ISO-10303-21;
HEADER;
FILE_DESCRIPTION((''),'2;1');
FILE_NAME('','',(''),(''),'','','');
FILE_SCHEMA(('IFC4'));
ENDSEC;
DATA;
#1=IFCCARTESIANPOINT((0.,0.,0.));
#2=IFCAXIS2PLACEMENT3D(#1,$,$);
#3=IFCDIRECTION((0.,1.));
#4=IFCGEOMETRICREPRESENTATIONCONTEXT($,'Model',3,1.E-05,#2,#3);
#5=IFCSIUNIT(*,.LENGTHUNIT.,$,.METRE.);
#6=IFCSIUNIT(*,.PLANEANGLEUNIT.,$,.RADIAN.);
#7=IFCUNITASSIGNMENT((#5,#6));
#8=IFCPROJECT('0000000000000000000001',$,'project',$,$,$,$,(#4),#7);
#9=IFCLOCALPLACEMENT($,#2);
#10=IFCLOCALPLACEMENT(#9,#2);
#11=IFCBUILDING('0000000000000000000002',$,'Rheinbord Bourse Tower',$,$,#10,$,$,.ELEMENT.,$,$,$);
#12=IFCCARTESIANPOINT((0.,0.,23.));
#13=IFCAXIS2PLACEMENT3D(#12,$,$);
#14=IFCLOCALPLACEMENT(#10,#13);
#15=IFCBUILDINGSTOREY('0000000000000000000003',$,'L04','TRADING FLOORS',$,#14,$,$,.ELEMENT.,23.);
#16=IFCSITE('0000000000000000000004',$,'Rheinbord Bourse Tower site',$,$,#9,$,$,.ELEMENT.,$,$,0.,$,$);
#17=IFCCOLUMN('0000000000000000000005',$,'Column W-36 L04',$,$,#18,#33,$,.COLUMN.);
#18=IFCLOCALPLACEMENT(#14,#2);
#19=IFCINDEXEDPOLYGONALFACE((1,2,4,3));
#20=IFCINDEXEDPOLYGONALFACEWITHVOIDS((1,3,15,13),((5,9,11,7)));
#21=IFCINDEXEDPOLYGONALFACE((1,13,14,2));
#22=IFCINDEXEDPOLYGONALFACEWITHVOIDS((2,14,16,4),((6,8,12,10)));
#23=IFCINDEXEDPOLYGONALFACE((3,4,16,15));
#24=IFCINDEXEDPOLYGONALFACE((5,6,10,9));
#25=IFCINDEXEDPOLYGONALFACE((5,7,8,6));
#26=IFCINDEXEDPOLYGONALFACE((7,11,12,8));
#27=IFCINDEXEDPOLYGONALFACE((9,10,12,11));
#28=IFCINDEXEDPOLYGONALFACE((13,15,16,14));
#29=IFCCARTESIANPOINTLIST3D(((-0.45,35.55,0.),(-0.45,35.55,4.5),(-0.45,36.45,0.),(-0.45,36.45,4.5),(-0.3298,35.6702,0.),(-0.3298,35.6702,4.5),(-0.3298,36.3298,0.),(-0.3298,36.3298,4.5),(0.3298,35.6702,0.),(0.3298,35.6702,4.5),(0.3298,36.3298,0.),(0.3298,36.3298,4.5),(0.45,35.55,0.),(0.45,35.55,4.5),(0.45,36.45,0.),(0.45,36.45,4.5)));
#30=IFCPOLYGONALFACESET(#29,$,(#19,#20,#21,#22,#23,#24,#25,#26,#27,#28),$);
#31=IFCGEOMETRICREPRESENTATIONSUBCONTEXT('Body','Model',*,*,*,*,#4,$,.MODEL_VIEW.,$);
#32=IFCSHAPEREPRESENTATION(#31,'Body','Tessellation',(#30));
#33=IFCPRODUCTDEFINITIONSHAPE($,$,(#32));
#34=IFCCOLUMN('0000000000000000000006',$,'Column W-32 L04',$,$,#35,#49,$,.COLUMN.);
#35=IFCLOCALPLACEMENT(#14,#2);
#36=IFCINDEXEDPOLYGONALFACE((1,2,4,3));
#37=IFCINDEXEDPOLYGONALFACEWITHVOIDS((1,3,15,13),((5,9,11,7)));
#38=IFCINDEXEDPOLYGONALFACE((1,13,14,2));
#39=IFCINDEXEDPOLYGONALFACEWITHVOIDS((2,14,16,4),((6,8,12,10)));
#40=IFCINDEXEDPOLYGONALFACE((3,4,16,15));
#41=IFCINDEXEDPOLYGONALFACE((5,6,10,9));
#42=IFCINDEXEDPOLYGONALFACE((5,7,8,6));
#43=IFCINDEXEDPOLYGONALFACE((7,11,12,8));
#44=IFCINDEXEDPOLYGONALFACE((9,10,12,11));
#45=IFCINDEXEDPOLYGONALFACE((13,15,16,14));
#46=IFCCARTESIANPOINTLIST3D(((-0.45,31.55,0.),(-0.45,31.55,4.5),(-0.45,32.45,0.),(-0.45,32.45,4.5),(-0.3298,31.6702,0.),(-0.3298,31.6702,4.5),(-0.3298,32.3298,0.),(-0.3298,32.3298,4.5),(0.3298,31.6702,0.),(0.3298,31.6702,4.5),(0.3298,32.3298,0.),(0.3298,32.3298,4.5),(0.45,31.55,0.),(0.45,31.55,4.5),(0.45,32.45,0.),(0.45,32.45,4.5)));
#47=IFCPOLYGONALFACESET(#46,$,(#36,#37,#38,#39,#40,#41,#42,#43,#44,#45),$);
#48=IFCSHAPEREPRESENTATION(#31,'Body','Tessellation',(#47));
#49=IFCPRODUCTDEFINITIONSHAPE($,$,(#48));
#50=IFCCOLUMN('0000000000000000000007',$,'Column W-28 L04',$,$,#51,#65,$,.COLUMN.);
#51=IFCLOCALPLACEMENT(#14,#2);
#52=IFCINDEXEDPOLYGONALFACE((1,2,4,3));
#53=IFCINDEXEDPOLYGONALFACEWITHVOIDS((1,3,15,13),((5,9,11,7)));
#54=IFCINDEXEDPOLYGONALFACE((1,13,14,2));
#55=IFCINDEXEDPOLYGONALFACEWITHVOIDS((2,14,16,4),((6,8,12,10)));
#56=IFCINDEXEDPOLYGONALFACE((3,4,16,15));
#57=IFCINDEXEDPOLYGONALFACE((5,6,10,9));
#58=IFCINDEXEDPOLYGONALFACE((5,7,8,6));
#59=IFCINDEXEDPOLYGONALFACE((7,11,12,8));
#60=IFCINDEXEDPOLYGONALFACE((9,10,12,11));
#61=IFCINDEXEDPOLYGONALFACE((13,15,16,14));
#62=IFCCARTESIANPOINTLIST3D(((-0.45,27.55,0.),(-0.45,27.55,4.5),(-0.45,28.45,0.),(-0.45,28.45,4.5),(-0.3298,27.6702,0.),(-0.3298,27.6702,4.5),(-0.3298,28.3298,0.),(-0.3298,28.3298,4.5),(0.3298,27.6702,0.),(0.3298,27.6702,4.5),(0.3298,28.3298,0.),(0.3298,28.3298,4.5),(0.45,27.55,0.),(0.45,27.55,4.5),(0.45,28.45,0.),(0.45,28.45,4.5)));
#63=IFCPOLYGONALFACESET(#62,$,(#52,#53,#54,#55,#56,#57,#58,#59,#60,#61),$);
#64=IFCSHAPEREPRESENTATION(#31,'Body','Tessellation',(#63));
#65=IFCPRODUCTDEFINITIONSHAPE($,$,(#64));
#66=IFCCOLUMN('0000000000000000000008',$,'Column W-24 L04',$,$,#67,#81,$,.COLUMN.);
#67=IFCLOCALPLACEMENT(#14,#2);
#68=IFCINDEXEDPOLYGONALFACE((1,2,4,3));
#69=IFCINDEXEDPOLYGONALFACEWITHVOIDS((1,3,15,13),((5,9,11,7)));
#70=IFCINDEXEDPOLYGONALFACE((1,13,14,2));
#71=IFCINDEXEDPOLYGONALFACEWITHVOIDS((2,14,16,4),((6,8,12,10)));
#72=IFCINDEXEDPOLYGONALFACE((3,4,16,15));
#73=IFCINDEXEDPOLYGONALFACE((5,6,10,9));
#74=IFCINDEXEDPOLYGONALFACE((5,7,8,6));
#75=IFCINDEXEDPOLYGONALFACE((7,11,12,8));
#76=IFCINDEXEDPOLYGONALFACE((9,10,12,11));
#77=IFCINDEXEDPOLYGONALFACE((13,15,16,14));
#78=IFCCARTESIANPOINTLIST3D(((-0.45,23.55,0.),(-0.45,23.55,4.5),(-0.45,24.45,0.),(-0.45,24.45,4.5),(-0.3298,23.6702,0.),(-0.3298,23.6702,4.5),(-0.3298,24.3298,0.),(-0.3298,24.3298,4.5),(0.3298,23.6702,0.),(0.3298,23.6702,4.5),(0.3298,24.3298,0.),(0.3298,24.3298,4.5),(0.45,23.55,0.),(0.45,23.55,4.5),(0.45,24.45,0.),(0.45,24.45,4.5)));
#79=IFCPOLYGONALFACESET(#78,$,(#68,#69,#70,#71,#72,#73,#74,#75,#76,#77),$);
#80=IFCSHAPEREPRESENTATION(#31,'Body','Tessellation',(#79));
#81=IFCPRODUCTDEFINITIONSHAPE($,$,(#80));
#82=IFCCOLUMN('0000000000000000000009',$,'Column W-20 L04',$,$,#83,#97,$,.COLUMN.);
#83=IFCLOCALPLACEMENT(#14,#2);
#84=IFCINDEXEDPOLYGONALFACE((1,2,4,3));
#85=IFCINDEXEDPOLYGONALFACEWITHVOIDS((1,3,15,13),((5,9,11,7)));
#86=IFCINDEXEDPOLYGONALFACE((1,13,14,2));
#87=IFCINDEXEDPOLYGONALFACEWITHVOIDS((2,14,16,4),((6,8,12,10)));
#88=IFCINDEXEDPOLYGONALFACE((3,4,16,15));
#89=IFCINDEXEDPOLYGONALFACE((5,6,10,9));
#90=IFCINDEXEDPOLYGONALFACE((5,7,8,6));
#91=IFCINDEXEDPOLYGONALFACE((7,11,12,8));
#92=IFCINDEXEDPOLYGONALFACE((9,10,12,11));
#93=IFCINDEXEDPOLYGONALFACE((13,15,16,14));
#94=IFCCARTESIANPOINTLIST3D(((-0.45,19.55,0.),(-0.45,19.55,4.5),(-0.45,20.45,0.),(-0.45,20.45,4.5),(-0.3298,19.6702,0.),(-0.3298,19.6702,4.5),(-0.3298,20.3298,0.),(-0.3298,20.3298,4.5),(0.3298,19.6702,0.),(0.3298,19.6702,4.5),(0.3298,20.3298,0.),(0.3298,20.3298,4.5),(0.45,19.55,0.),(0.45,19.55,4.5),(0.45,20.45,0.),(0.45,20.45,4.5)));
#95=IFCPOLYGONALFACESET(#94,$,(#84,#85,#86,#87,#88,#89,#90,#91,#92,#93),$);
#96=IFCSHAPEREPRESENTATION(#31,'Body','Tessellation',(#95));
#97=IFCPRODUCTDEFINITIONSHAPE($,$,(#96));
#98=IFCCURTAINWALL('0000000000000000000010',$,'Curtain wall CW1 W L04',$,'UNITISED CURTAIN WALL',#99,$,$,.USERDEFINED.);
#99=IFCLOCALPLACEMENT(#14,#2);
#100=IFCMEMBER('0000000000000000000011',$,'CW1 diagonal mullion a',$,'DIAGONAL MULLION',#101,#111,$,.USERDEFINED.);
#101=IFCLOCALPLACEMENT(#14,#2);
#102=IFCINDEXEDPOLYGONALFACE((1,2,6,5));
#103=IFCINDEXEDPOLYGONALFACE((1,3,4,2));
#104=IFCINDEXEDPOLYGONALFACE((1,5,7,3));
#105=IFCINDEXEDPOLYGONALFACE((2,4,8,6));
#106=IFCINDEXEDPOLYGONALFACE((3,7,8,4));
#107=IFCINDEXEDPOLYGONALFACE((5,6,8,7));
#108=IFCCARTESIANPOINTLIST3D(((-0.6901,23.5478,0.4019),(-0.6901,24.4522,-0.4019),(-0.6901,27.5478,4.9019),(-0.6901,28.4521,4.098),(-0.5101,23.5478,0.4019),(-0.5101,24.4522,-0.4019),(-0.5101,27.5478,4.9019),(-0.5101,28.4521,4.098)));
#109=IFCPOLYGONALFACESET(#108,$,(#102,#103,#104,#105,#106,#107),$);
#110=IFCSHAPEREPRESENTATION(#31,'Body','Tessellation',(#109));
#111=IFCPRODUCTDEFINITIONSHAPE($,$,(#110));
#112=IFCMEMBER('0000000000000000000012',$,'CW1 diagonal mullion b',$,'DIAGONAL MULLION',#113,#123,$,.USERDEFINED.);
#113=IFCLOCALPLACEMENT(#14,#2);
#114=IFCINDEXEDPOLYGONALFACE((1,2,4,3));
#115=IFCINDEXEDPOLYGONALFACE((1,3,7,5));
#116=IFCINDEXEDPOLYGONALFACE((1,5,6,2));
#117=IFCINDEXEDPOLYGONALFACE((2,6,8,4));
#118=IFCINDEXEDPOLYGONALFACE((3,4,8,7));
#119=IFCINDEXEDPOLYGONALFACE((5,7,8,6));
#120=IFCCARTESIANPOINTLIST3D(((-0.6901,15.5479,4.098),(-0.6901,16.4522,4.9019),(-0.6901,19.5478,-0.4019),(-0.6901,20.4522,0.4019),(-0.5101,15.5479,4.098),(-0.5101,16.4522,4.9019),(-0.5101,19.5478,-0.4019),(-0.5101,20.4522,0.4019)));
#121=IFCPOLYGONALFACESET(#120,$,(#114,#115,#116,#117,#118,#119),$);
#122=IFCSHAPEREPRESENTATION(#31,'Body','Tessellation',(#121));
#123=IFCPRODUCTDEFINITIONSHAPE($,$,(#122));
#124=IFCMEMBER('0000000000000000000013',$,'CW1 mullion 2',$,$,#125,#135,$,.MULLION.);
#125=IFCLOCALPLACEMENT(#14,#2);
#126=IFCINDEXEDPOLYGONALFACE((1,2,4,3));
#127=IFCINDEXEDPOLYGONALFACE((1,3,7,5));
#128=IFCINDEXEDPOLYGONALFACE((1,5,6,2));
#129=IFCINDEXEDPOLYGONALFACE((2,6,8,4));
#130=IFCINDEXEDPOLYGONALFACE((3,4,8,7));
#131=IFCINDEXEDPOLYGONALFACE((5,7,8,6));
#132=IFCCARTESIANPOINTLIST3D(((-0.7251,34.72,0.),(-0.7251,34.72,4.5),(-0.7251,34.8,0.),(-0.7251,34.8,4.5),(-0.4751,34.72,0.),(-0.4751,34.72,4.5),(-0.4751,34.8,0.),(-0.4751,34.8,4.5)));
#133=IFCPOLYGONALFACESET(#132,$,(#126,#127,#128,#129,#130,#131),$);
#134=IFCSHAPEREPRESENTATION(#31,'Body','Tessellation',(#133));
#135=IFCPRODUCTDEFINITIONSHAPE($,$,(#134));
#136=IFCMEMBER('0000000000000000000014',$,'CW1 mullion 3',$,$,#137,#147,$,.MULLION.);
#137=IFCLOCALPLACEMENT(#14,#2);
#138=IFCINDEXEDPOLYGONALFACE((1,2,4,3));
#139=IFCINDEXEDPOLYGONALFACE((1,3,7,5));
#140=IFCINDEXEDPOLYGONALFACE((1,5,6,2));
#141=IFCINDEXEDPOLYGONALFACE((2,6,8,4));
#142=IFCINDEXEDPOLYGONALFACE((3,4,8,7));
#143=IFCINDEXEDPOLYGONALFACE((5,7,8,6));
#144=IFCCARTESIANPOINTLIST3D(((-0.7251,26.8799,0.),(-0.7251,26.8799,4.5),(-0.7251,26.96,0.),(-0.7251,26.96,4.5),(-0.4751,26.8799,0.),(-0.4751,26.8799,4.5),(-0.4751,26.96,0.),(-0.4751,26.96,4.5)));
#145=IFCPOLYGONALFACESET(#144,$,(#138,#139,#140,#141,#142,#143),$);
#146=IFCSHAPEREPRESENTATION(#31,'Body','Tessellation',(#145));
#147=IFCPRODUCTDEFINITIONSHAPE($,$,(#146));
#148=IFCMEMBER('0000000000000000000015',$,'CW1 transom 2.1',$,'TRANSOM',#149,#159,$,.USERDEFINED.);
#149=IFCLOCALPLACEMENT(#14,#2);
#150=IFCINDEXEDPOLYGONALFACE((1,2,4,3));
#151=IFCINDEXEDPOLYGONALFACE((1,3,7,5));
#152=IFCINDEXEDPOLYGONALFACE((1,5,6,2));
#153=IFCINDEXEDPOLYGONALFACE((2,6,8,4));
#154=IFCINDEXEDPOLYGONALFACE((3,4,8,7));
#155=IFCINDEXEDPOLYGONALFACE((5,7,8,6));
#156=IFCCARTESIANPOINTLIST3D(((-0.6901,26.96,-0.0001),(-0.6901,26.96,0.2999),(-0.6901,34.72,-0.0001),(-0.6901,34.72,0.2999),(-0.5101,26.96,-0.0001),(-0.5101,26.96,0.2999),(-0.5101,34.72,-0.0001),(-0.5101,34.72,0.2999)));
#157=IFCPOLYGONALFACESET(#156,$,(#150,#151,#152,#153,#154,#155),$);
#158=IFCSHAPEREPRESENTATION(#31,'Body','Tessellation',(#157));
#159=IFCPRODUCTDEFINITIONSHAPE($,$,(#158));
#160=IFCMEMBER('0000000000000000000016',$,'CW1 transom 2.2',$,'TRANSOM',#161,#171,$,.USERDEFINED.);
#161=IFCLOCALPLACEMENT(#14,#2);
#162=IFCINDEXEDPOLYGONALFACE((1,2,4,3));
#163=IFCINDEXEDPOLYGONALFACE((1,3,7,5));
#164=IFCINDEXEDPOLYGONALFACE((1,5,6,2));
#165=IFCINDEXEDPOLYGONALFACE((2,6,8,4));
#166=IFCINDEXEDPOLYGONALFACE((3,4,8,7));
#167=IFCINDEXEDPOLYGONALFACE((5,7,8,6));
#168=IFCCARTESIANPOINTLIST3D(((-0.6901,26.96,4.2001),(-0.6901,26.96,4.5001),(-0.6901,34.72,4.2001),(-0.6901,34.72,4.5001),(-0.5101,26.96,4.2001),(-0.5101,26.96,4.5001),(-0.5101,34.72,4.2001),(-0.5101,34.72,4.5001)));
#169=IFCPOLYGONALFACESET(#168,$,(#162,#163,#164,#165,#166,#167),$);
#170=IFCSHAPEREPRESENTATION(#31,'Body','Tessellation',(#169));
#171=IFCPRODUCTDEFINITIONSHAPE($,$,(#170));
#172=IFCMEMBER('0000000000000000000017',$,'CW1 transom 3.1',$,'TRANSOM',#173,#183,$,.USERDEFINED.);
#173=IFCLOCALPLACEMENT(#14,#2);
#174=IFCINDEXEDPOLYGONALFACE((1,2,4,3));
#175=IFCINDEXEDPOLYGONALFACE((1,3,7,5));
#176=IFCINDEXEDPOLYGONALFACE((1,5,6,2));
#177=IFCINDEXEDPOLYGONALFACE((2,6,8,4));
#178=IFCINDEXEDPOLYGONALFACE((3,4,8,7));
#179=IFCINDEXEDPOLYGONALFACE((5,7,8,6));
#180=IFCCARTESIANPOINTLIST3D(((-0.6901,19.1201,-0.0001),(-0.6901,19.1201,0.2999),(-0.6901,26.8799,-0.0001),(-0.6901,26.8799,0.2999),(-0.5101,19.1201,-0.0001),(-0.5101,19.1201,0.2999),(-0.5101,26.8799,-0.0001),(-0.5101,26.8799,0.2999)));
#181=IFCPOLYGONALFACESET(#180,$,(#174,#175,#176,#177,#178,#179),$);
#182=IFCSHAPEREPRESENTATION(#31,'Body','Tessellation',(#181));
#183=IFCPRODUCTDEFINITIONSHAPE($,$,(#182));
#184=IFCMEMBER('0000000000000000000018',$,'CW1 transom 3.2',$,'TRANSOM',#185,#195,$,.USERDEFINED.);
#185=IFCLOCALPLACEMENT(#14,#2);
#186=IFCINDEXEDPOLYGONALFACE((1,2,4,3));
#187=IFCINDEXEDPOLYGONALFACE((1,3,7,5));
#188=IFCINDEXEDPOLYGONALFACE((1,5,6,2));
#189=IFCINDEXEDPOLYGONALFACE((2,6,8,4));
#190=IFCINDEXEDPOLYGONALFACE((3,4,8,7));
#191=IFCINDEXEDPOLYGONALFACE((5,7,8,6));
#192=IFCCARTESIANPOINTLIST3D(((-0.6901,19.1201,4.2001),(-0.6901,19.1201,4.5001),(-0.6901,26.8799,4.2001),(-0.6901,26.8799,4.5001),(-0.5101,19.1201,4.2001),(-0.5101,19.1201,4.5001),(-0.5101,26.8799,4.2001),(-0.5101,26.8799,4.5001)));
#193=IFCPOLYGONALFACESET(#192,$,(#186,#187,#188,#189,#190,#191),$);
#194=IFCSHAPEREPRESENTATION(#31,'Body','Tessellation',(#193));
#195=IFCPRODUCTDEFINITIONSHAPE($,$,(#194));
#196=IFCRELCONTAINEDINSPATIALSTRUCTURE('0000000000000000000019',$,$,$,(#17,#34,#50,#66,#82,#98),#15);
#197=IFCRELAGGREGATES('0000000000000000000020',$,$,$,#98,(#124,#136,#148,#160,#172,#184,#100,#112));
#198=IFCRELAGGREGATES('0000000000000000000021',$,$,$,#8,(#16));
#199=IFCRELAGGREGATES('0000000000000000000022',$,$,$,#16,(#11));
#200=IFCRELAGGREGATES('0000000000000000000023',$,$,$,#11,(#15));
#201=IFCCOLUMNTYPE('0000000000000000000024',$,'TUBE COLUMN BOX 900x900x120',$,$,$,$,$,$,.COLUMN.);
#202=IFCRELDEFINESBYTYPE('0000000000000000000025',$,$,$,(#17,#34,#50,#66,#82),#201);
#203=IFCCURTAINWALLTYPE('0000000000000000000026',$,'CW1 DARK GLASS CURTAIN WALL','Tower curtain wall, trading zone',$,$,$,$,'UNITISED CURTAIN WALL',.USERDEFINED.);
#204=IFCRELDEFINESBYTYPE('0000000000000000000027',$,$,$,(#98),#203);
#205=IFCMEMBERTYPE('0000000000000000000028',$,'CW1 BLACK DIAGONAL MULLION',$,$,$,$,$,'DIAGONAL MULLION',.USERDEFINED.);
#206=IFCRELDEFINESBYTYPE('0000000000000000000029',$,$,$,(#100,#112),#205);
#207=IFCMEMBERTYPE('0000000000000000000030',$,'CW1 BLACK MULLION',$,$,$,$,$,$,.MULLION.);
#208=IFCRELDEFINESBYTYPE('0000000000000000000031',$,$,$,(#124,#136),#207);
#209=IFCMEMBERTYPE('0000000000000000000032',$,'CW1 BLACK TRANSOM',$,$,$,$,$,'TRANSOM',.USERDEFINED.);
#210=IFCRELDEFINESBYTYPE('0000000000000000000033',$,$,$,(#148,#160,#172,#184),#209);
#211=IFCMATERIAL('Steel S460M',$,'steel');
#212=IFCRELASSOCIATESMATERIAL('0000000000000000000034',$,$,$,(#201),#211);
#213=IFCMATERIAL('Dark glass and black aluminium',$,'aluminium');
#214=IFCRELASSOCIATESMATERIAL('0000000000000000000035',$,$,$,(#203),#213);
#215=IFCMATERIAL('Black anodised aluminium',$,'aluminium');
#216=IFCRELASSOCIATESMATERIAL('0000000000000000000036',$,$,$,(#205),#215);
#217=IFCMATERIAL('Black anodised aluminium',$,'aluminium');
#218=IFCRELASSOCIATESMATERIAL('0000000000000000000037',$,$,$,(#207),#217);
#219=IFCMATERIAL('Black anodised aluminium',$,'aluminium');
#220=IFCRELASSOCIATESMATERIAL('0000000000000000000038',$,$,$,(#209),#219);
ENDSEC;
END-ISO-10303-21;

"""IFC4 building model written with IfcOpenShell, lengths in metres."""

from ifc_helpers import new_model, si_unit, direction, frame, origin, origin_2d, place, context, subcontext, project, spatial, rectangle, hollow_rectangle, extrude, material, material_profile, profile_set, type_object, element, aggregate, save


model = new_model("IFC4")

# Units and contexts
model_context = context("Model", 3, precision=1e-05, world=origin(), true_north=direction((0.0, 1.0)))
body_context = subcontext(model_context, "Body", "Model", "MODEL_VIEW")
ifc_project = project(units=[si_unit("LENGTHUNIT", "METRE"), si_unit("PLANEANGLEUNIT", "RADIAN")], contexts=[model_context])

# Site, building, storey
site_placement = place(None, origin())
site = spatial("IfcSite", under=ifc_project, at=site_placement, Name="Rheinbord Bourse Tower site", CompositionType="ELEMENT", RefElevation=0.0)
building_placement = place(site_placement, origin())
building = spatial("IfcBuilding", under=site, at=building_placement, Name="Rheinbord Bourse Tower", CompositionType="ELEMENT")
storey_placement = place(building_placement, frame((0.0, 0.0, 23.0)))
storey = spatial("IfcBuildingStorey", under=building, at=storey_placement, Name="L04", Description="TRADING FLOORS", CompositionType="ELEMENT", Elevation=23.0)

# Columns
ifc_material_1 = material(Name="Steel S460M", Category="steel")
ifc_material_profile_1 = material_profile(ifc_material_1, hollow_rectangle(XDim=0.8999, YDim=0.8999, WallThickness=0.1201, at=origin_2d()), Name="BOX 900x900x120")
ifc_profile_set_1 = profile_set([ifc_material_profile_1], Name="Steel S460M")
column_type = type_object("IfcColumnType", Name="TUBE COLUMN BOX 900x900x120", PredefinedType="COLUMN", material=ifc_profile_set_1)
for number, where, z_axis, x_axis, name in (
    (1, (0.0, 36.0, 0.0), (0.0, 0.0, 1.0), (1.0, 0.0, 0.0), "Column W-36 L04"),
    (2, (0.0, 32.0, 0.0), (0.0, 0.0, 1.0), (1.0, 0.0, 0.0), "Column W-32 L04"),
    (3, (0.0, 28.0, 0.0), (0.0, 0.0, 1.0), (1.0, 0.0, 0.0), "Column W-28 L04"),
    (4, (0.0, 24.0, 0.0), (0.0, 0.0, 1.0), (1.0, 0.0, 0.0), "Column W-24 L04"),
    (5, (0.0, 20.0, 0.0), (0.0, 0.0, 1.0), (1.0, 0.0, 0.0), "Column W-20 L04"),
):
    element("IfcColumn", number, at=place(storey_placement, frame(where, z_axis=z_axis, x_axis=x_axis)), inside=storey, type_object=column_type, Name=name, PredefinedType="COLUMN", context=body_context, shape_type="SweptSolid", body=[
        extrude(hollow_rectangle(XDim=0.8999, YDim=0.8999, WallThickness=0.1201, at=origin_2d()), origin(), (0.0, 0.0, 1.0), 4.5),
    ])

# Curtain wall, members
ifc_material_2 = material(Name="Dark glass and black aluminium", Category="aluminium")
curtain_wall_type = type_object("IfcCurtainWallType", Name="CW1 DARK GLASS CURTAIN WALL", Description="Tower curtain wall, trading zone", ElementType="UNITISED CURTAIN WALL", PredefinedType="USERDEFINED", material=ifc_material_2)
curtain_wall_placement = place(storey_placement, origin())
curtain_wall = element("IfcCurtainWall", 6, at=curtain_wall_placement, inside=storey, type_object=curtain_wall_type, Name="Curtain wall CW1 W L04", ObjectType="UNITISED CURTAIN WALL", PredefinedType="USERDEFINED")
ifc_material_3 = material(Name="Black anodised aluminium", Category="aluminium")
ifc_material_profile_2 = material_profile(ifc_material_3, rectangle(XDim=0.1799, YDim=1.21, at=origin_2d()), Name="CW1 DIAGONAL MULLION 1210x180")
ifc_profile_set_2 = profile_set([ifc_material_profile_2], Name="Black anodised aluminium")
member_type_1 = type_object("IfcMemberType", Name="CW1 BLACK DIAGONAL MULLION", ElementType="DIAGONAL MULLION", PredefinedType="USERDEFINED", material=ifc_profile_set_2)
member_1_placement = place(storey_placement, frame((-0.6001, 24.0, 0.0), z_axis=(0.0, 0.664364, 0.747409), x_axis=(-1.0, 0.0, 0.0)))
member_1 = element("IfcMember", 7, at=member_1_placement, type_object=member_type_1, Name="CW1 diagonal mullion a", ObjectType="DIAGONAL MULLION", PredefinedType="USERDEFINED", context=body_context, shape_type="SweptSolid", body=[
    extrude(rectangle(XDim=0.1799, YDim=1.21, at=origin_2d()), origin(), (0.0, 0.0, 1.0), 6.0208),
])
member_2_placement = place(storey_placement, frame((-0.6001, 20.0, 0.0), z_axis=(0.0, -0.664364, 0.747409), x_axis=(1.0, 0.0, 0.0)))
member_2 = element("IfcMember", 8, at=member_2_placement, type_object=member_type_1, Name="CW1 diagonal mullion b", ObjectType="DIAGONAL MULLION", PredefinedType="USERDEFINED", context=body_context, shape_type="SweptSolid", body=[
    extrude(rectangle(XDim=0.1799, YDim=1.21, at=origin_2d()), origin(), (0.0, 0.0, 1.0), 6.0208),
])
ifc_material_4 = material(Name="Black anodised aluminium", Category="aluminium")
ifc_material_profile_3 = material_profile(ifc_material_4, rectangle(XDim=0.25, YDim=0.0801, at=origin_2d()), Name="CW1 MULLION 80x250")
ifc_profile_set_3 = profile_set([ifc_material_profile_3], Name="Black anodised aluminium")
member_type_2 = type_object("IfcMemberType", Name="CW1 BLACK MULLION", PredefinedType="MULLION", material=ifc_profile_set_3)
member_3_placement = place(storey_placement, frame((-0.6001, 34.76, 0.0), z_axis=(0.0, 0.0, 1.0), x_axis=(1.0, 0.0, 0.0)))
member_3 = element("IfcMember", 9, at=member_3_placement, type_object=member_type_2, Name="CW1 mullion 2", PredefinedType="MULLION", context=body_context, shape_type="SweptSolid", body=[
    extrude(rectangle(XDim=0.25, YDim=0.0801, at=origin_2d()), origin(), (0.0, 0.0, 1.0), 4.5),
])
member_4_placement = place(storey_placement, frame((-0.6001, 26.9199, 0.0), z_axis=(0.0, 0.0, 1.0), x_axis=(1.0, 0.0, 0.0)))
member_4 = element("IfcMember", 10, at=member_4_placement, type_object=member_type_2, Name="CW1 mullion 3", PredefinedType="MULLION", context=body_context, shape_type="SweptSolid", body=[
    extrude(rectangle(XDim=0.25, YDim=0.0801, at=origin_2d()), origin(), (0.0, 0.0, 1.0), 4.5),
])
ifc_material_5 = material(Name="Black anodised aluminium", Category="aluminium")
ifc_material_profile_4 = material_profile(ifc_material_5, rectangle(XDim=0.1799, YDim=0.3, at=origin_2d()), Name="CW1 TRANSOM 300x180")
ifc_profile_set_4 = profile_set([ifc_material_profile_4], Name="Black anodised aluminium")
member_type_3 = type_object("IfcMemberType", Name="CW1 BLACK TRANSOM", ElementType="TRANSOM", PredefinedType="USERDEFINED", material=ifc_profile_set_4)
member_5_placement = place(storey_placement, frame((-0.6001, 34.72, 0.1499), z_axis=(0.0, -1.0, 0.0), x_axis=(1.0, 0.0, 0.0)))
member_5 = element("IfcMember", 11, at=member_5_placement, type_object=member_type_3, Name="CW1 transom 2.1", ObjectType="TRANSOM", PredefinedType="USERDEFINED", context=body_context, shape_type="SweptSolid", body=[
    extrude(rectangle(XDim=0.1799, YDim=0.3, at=origin_2d()), origin(), (0.0, 0.0, 1.0), 7.76),
])
member_6_placement = place(storey_placement, frame((-0.6001, 34.72, 4.3501), z_axis=(0.0, -1.0, 0.0), x_axis=(1.0, 0.0, 0.0)))
member_6 = element("IfcMember", 12, at=member_6_placement, type_object=member_type_3, Name="CW1 transom 2.2", ObjectType="TRANSOM", PredefinedType="USERDEFINED", context=body_context, shape_type="SweptSolid", body=[
    extrude(rectangle(XDim=0.1799, YDim=0.3, at=origin_2d()), origin(), (0.0, 0.0, 1.0), 7.76),
])
member_7_placement = place(storey_placement, frame((-0.6001, 26.8799, 0.1499), z_axis=(0.0, -1.0, 0.0), x_axis=(1.0, 0.0, 0.0)))
member_7 = element("IfcMember", 13, at=member_7_placement, type_object=member_type_3, Name="CW1 transom 3.1", ObjectType="TRANSOM", PredefinedType="USERDEFINED", context=body_context, shape_type="SweptSolid", body=[
    extrude(rectangle(XDim=0.1799, YDim=0.3, at=origin_2d()), origin(), (0.0, 0.0, 1.0), 7.7598),
])
member_8_placement = place(storey_placement, frame((-0.6001, 26.8799, 4.3501), z_axis=(0.0, -1.0, 0.0), x_axis=(1.0, 0.0, 0.0)))
member_8 = element("IfcMember", 14, at=member_8_placement, type_object=member_type_3, Name="CW1 transom 3.2", ObjectType="TRANSOM", PredefinedType="USERDEFINED", context=body_context, shape_type="SweptSolid", body=[
    extrude(rectangle(XDim=0.1799, YDim=0.3, at=origin_2d()), origin(), (0.0, 0.0, 1.0), 7.7598),
])

aggregate(curtain_wall, [member_3, member_4, member_5, member_6, member_7, member_8, member_1, member_2])

save(model, "model.ifc")
